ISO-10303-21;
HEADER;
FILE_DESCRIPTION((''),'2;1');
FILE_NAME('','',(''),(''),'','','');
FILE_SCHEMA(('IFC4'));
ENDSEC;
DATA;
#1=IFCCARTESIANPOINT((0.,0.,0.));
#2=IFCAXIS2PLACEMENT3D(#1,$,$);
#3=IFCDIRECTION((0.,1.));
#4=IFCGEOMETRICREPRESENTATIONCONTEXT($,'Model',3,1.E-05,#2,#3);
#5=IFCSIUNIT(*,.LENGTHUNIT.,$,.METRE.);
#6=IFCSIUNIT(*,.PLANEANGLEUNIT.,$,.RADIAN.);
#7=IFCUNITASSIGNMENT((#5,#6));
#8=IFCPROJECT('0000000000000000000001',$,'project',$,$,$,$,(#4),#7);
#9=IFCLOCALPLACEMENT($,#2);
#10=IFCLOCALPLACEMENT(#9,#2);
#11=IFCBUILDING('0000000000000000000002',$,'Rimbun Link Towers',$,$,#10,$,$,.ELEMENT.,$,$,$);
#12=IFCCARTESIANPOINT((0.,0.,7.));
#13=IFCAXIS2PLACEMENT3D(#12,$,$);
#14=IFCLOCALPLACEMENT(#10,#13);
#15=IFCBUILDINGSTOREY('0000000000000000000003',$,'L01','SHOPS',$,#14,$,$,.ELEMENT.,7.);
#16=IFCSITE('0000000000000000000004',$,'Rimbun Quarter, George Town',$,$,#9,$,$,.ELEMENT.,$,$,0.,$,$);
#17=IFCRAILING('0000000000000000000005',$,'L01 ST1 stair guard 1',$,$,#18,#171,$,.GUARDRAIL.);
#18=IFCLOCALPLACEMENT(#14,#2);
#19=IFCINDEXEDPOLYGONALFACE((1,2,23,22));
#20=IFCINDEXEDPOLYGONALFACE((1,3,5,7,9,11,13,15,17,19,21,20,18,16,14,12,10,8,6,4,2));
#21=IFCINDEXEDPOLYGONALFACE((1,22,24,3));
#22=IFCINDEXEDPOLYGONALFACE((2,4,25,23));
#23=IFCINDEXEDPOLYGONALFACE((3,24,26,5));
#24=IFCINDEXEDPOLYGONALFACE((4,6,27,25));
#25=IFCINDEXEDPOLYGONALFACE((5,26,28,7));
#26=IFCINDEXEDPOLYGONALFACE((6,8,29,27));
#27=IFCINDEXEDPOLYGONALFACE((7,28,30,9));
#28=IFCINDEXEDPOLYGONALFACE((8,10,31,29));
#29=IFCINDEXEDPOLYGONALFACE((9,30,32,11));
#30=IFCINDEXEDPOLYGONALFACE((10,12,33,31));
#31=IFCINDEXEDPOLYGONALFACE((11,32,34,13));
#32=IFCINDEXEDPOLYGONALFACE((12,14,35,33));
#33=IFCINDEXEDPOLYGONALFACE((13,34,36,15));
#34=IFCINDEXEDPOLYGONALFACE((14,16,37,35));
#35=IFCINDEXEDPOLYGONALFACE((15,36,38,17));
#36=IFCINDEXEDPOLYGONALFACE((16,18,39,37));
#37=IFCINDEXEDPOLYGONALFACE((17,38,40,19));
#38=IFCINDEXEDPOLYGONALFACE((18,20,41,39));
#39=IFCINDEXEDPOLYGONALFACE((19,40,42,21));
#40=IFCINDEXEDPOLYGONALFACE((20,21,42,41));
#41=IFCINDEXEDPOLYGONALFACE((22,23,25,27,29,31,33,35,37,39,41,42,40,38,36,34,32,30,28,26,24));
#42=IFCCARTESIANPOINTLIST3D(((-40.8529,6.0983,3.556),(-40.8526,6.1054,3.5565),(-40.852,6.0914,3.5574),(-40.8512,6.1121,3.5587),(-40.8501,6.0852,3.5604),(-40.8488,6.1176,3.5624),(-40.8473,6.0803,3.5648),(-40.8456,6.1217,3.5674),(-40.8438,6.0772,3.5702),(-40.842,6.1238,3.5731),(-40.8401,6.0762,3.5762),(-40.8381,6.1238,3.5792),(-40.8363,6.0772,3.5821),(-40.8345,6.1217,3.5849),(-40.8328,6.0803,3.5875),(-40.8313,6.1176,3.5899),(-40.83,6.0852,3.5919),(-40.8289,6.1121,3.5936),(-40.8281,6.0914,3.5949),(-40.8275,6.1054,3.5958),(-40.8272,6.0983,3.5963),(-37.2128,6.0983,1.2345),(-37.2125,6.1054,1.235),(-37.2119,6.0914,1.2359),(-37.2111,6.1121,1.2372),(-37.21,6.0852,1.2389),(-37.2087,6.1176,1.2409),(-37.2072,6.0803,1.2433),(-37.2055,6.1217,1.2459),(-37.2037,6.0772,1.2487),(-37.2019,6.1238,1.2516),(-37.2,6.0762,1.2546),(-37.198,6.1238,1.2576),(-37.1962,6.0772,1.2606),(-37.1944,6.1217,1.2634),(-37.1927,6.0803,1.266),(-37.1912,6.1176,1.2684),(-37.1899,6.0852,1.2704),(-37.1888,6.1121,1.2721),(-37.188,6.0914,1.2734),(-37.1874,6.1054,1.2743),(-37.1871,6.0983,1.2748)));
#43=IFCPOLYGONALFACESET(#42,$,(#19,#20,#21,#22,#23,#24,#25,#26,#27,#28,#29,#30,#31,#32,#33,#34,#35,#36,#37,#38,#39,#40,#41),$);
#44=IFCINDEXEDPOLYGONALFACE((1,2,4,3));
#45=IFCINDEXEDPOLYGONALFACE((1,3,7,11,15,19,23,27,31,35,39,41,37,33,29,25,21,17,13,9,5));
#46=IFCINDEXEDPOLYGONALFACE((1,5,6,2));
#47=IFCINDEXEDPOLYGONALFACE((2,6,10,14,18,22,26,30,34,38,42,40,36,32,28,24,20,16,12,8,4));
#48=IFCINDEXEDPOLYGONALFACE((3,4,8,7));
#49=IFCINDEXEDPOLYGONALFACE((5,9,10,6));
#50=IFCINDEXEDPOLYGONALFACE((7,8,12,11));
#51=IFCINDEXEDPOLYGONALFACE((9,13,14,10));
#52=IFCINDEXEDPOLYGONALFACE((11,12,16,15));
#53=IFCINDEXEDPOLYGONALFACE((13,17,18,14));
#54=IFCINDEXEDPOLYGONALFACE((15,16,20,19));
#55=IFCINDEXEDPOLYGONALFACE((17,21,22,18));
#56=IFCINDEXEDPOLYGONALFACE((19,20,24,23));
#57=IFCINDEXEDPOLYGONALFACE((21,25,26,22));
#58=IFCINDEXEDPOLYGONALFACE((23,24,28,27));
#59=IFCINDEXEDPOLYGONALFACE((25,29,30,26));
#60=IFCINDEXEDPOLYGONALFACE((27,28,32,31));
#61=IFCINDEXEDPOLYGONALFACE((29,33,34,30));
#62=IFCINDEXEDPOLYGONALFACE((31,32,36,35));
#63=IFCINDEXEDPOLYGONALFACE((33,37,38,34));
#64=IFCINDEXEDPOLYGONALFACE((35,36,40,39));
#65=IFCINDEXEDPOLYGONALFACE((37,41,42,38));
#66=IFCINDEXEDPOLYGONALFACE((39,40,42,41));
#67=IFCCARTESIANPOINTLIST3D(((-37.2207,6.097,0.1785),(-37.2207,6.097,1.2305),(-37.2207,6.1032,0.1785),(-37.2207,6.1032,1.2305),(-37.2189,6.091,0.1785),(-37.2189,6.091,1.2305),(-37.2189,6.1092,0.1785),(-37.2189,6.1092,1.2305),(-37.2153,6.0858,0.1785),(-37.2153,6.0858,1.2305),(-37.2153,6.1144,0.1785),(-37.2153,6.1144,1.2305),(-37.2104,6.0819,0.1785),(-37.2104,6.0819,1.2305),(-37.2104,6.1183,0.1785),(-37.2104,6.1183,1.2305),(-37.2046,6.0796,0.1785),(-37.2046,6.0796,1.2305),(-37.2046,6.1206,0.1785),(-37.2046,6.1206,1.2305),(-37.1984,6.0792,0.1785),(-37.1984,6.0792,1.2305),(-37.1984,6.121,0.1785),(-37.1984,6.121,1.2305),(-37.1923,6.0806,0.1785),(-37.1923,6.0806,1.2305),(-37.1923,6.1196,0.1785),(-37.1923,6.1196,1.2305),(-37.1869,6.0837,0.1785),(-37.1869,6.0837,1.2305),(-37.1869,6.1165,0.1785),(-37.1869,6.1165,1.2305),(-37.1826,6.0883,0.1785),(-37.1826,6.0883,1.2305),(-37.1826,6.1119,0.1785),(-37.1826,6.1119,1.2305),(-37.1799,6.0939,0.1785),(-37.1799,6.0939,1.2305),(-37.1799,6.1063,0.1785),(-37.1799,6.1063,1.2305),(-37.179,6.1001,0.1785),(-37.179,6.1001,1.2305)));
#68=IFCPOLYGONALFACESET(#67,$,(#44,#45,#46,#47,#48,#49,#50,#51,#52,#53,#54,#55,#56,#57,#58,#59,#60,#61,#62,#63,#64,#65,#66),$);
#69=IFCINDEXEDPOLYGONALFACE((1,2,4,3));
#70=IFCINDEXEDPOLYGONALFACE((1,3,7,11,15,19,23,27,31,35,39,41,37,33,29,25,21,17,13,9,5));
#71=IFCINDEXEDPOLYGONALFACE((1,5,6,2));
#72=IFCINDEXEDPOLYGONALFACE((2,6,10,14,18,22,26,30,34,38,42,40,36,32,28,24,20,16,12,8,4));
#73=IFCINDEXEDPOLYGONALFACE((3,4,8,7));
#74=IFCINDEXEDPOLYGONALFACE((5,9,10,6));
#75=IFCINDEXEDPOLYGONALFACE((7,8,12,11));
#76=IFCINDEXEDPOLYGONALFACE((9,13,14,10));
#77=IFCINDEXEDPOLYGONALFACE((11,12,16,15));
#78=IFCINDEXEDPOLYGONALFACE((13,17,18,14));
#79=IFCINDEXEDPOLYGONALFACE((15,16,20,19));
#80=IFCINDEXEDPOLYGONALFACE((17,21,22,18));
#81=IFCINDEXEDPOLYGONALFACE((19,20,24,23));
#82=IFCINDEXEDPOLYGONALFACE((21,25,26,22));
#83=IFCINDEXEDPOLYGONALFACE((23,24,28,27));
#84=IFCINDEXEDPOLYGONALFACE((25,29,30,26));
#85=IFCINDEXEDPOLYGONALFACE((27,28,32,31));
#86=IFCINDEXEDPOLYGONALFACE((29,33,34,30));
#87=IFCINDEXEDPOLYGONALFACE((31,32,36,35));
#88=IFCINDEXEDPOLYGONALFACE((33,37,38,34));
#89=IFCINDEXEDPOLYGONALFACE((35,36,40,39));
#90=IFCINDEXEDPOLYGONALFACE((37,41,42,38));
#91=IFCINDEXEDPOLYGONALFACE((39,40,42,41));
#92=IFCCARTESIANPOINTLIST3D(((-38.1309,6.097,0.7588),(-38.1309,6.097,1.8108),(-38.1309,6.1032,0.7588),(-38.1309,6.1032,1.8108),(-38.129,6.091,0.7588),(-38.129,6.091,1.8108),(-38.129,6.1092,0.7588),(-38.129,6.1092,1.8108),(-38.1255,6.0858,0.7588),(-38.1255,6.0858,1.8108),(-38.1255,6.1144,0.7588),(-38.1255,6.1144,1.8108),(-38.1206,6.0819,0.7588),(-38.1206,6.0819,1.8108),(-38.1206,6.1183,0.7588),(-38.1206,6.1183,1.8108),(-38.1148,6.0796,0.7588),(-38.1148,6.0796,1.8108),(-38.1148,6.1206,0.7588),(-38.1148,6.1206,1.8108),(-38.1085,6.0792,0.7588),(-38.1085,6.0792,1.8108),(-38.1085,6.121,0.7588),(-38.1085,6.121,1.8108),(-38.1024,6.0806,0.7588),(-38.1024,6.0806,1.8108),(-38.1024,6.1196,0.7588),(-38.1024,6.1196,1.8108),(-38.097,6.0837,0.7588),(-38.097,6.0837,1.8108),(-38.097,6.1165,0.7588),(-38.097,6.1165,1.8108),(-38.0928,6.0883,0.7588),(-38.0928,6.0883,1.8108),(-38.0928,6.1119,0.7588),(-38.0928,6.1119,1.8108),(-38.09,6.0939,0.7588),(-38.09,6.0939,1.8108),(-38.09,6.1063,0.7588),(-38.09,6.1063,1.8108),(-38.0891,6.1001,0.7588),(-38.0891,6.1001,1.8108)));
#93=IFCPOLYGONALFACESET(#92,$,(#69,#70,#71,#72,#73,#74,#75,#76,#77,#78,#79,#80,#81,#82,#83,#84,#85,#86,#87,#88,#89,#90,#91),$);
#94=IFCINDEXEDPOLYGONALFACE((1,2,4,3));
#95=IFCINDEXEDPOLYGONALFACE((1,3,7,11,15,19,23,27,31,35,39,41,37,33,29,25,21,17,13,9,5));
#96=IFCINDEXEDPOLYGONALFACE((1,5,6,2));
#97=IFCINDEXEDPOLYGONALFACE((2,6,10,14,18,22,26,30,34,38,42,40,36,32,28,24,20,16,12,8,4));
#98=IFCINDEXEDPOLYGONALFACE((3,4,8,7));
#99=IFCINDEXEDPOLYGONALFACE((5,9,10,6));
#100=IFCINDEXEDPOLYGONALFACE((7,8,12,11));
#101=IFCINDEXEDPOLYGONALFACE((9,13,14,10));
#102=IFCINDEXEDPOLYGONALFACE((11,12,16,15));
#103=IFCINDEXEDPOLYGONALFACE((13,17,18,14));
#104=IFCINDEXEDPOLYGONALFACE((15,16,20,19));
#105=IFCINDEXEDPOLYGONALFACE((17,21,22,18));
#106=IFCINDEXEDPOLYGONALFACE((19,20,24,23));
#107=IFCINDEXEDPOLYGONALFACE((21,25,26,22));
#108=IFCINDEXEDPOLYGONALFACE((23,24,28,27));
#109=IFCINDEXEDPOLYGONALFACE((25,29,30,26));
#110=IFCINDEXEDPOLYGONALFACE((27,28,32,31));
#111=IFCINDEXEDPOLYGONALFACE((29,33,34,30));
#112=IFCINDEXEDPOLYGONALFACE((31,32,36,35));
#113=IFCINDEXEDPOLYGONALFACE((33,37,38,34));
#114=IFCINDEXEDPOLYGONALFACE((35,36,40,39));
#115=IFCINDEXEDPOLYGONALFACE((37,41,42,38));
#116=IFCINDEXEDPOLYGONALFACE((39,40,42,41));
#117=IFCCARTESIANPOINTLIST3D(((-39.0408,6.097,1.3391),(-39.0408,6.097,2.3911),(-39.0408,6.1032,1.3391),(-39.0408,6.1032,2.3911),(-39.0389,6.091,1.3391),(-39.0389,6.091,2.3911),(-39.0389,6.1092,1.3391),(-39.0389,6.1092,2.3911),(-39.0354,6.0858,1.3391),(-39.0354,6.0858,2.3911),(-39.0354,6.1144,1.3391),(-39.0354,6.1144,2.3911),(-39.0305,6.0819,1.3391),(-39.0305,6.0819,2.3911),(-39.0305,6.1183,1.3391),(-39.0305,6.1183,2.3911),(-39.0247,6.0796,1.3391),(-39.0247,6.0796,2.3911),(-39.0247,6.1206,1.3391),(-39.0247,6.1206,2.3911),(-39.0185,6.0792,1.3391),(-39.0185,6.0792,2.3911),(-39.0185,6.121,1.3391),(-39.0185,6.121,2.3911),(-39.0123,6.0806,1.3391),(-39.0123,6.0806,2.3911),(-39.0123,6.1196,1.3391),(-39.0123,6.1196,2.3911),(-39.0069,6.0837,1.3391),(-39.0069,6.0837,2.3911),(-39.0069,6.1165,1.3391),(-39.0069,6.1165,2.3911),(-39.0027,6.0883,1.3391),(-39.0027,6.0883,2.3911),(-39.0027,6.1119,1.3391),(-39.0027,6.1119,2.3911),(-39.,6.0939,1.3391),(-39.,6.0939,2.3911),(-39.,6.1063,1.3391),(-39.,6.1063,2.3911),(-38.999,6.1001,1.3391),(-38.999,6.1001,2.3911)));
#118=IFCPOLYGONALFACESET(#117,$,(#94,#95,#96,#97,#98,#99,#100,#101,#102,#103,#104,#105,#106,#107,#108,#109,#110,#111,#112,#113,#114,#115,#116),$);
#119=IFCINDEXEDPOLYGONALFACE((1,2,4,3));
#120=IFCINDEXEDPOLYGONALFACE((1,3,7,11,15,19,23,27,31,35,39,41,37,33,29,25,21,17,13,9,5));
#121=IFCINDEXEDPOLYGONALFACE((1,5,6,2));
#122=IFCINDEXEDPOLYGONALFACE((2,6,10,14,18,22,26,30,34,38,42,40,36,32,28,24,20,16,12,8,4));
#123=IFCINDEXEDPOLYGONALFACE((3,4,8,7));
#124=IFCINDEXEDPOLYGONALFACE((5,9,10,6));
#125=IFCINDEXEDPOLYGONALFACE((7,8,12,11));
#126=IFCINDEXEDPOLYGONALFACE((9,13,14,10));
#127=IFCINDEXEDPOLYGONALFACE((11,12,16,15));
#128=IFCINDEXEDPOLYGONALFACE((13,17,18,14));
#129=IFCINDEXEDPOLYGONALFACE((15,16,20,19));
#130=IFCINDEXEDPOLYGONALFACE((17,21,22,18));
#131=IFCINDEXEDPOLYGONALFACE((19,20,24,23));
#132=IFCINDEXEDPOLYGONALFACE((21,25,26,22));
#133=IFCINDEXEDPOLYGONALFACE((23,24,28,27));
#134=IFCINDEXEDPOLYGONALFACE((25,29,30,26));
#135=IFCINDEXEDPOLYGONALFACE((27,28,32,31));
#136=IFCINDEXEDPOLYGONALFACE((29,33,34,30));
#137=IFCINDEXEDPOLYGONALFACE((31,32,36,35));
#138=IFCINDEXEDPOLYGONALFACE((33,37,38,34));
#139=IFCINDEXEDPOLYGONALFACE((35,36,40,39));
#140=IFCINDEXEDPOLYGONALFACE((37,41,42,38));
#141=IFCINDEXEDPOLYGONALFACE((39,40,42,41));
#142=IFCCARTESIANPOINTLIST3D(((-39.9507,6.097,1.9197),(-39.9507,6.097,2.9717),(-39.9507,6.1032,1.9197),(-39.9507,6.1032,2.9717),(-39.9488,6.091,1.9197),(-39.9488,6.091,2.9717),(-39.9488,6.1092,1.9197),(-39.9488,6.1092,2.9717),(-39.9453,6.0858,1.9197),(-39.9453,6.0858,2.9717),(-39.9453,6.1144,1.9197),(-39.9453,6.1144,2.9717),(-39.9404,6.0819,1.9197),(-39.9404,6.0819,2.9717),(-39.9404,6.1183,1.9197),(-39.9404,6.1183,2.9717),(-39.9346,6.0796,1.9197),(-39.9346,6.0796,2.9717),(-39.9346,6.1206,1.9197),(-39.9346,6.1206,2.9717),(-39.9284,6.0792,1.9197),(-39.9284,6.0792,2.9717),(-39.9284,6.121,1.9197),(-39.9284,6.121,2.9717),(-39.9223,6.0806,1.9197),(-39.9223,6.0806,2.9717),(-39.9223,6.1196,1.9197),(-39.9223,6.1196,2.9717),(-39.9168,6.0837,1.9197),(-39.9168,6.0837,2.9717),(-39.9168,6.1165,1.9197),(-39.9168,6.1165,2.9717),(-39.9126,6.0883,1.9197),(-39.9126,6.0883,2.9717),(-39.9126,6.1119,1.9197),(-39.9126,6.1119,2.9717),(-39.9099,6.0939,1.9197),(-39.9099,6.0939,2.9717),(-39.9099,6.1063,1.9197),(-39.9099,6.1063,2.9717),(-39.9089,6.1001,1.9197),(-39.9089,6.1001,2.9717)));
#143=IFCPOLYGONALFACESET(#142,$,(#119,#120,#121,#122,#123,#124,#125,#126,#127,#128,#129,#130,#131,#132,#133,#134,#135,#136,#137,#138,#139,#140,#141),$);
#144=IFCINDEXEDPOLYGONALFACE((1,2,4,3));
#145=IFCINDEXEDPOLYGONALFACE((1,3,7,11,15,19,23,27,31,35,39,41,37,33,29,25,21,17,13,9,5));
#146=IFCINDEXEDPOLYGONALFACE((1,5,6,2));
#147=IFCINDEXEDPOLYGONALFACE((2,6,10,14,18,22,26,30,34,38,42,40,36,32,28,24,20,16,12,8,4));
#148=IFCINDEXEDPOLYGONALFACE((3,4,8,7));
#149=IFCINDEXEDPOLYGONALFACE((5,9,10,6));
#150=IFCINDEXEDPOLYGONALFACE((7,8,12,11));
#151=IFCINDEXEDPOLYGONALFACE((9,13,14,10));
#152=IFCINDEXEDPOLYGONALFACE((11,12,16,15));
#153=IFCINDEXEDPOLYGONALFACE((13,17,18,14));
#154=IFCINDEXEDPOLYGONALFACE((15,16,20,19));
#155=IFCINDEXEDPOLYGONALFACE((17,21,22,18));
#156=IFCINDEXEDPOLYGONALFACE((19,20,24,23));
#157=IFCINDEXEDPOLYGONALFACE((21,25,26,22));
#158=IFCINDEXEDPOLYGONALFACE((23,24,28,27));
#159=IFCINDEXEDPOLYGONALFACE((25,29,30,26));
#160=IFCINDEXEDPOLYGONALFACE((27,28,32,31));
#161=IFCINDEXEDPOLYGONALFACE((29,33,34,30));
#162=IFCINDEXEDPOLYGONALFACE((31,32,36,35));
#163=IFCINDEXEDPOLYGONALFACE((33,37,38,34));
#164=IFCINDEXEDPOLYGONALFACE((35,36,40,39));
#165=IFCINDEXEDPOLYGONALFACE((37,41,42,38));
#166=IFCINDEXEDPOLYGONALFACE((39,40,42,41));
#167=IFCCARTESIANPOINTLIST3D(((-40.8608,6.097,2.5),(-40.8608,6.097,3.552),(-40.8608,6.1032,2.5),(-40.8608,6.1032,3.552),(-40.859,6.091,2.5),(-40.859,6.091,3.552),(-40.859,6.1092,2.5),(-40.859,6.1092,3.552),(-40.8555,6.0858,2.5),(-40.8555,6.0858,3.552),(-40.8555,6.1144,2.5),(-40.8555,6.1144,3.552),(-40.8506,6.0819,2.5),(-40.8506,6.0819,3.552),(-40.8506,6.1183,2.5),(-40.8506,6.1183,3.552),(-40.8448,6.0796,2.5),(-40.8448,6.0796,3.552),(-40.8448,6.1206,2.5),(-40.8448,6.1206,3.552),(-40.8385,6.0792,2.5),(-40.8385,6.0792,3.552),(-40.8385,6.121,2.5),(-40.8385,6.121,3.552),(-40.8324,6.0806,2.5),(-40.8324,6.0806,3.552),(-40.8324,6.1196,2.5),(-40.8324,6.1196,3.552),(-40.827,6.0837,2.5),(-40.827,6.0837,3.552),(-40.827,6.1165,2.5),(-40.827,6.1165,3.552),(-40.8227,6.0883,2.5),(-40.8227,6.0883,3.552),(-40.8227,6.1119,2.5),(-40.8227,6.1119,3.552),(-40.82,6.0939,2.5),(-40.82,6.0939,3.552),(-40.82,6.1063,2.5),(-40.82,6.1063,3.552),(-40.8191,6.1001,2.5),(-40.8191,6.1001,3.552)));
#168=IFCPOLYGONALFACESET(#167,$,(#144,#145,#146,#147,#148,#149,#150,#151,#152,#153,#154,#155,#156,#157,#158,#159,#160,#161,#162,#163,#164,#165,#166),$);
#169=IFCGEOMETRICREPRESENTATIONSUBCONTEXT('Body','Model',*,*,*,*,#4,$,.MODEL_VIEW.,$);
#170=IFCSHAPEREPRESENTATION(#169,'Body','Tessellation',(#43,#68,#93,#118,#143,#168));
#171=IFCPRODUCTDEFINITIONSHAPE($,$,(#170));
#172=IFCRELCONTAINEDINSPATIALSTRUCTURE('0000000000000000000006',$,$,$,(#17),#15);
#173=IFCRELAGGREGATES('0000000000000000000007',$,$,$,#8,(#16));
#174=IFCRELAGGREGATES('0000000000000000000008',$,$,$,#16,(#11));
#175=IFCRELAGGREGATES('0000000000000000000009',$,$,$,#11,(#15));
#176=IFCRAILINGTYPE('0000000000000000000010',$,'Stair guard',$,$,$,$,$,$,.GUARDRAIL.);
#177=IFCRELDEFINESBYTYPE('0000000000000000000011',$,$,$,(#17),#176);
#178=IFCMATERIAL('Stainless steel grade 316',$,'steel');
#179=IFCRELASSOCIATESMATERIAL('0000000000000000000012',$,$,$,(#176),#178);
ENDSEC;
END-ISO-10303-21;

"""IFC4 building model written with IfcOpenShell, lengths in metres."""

from ifc_helpers import new_model, si_unit, direction, frame, origin, origin_2d, place, context, subcontext, project, spatial, circle, extrude, material, type_object, element, save


model = new_model("IFC4")

# Units and contexts
model_context = context("Model", 3, precision=1e-05, world=origin(), true_north=direction((0.0, 1.0)))
body_context = subcontext(model_context, "Body", "Model", "MODEL_VIEW")
ifc_project = project(units=[si_unit("LENGTHUNIT", "METRE"), si_unit("PLANEANGLEUNIT", "RADIAN")], contexts=[model_context])

# Site, building, storey
site_placement = place(None, origin())
site = spatial("IfcSite", under=ifc_project, at=site_placement, Name="Rimbun Quarter, George Town", CompositionType="ELEMENT", RefElevation=0.0)
building_placement = place(site_placement, origin())
building = spatial("IfcBuilding", under=site, at=building_placement, Name="Rimbun Link Towers", CompositionType="ELEMENT")
storey_placement = place(building_placement, frame((0.0, 0.0, 7.0)))
storey = spatial("IfcBuildingStorey", under=building, at=storey_placement, Name="L01", Description="SHOPS", CompositionType="ELEMENT", Elevation=7.0)

# Railing
ifc_material_1 = material(Name="Stainless steel grade 316", Category="steel")
railing_type_1 = type_object("IfcRailingType", Name="Stair guard", PredefinedType="GUARDRAIL", material=ifc_material_1)
railing_1_placement = place(storey_placement, frame((-37.2, 6.1001, 0.1785)))
element("IfcRailing", 1, at=railing_1_placement, inside=storey, type_object=railing_type_1, Name="L01 ST1 stair guard 1", PredefinedType="GUARDRAIL", context=body_context, shape_type="SweptSolid", body=[
    extrude(circle(Radius=0.0239, at=origin_2d()), frame((0.0, 0.0, 1.0762), z_axis=(-0.843128, 0.0, 0.537713), x_axis=(0.0, -1.0, 0.0)), (0.0, 0.0, 1.0), 4.3174),
    extrude(circle(Radius=0.021, at=origin_2d()), origin(), (0.0, 0.0, 1.0), 1.052),
    extrude(circle(Radius=0.021, at=origin_2d()), frame((-0.9102, 0.0, 0.5803)), (0.0, 0.0, 1.0), 1.052),
    extrude(circle(Radius=0.021, at=origin_2d()), frame((-1.8201, 0.0, 1.1606)), (0.0, 0.0, 1.0), 1.052),
    extrude(circle(Radius=0.021, at=origin_2d()), frame((-2.73, 0.0, 1.7412)), (0.0, 0.0, 1.0), 1.052),
    extrude(circle(Radius=0.021, at=origin_2d()), frame((-3.6401, 0.0, 2.3215)), (0.0, 0.0, 1.0), 1.052),
])

save(model, "model.ifc")
